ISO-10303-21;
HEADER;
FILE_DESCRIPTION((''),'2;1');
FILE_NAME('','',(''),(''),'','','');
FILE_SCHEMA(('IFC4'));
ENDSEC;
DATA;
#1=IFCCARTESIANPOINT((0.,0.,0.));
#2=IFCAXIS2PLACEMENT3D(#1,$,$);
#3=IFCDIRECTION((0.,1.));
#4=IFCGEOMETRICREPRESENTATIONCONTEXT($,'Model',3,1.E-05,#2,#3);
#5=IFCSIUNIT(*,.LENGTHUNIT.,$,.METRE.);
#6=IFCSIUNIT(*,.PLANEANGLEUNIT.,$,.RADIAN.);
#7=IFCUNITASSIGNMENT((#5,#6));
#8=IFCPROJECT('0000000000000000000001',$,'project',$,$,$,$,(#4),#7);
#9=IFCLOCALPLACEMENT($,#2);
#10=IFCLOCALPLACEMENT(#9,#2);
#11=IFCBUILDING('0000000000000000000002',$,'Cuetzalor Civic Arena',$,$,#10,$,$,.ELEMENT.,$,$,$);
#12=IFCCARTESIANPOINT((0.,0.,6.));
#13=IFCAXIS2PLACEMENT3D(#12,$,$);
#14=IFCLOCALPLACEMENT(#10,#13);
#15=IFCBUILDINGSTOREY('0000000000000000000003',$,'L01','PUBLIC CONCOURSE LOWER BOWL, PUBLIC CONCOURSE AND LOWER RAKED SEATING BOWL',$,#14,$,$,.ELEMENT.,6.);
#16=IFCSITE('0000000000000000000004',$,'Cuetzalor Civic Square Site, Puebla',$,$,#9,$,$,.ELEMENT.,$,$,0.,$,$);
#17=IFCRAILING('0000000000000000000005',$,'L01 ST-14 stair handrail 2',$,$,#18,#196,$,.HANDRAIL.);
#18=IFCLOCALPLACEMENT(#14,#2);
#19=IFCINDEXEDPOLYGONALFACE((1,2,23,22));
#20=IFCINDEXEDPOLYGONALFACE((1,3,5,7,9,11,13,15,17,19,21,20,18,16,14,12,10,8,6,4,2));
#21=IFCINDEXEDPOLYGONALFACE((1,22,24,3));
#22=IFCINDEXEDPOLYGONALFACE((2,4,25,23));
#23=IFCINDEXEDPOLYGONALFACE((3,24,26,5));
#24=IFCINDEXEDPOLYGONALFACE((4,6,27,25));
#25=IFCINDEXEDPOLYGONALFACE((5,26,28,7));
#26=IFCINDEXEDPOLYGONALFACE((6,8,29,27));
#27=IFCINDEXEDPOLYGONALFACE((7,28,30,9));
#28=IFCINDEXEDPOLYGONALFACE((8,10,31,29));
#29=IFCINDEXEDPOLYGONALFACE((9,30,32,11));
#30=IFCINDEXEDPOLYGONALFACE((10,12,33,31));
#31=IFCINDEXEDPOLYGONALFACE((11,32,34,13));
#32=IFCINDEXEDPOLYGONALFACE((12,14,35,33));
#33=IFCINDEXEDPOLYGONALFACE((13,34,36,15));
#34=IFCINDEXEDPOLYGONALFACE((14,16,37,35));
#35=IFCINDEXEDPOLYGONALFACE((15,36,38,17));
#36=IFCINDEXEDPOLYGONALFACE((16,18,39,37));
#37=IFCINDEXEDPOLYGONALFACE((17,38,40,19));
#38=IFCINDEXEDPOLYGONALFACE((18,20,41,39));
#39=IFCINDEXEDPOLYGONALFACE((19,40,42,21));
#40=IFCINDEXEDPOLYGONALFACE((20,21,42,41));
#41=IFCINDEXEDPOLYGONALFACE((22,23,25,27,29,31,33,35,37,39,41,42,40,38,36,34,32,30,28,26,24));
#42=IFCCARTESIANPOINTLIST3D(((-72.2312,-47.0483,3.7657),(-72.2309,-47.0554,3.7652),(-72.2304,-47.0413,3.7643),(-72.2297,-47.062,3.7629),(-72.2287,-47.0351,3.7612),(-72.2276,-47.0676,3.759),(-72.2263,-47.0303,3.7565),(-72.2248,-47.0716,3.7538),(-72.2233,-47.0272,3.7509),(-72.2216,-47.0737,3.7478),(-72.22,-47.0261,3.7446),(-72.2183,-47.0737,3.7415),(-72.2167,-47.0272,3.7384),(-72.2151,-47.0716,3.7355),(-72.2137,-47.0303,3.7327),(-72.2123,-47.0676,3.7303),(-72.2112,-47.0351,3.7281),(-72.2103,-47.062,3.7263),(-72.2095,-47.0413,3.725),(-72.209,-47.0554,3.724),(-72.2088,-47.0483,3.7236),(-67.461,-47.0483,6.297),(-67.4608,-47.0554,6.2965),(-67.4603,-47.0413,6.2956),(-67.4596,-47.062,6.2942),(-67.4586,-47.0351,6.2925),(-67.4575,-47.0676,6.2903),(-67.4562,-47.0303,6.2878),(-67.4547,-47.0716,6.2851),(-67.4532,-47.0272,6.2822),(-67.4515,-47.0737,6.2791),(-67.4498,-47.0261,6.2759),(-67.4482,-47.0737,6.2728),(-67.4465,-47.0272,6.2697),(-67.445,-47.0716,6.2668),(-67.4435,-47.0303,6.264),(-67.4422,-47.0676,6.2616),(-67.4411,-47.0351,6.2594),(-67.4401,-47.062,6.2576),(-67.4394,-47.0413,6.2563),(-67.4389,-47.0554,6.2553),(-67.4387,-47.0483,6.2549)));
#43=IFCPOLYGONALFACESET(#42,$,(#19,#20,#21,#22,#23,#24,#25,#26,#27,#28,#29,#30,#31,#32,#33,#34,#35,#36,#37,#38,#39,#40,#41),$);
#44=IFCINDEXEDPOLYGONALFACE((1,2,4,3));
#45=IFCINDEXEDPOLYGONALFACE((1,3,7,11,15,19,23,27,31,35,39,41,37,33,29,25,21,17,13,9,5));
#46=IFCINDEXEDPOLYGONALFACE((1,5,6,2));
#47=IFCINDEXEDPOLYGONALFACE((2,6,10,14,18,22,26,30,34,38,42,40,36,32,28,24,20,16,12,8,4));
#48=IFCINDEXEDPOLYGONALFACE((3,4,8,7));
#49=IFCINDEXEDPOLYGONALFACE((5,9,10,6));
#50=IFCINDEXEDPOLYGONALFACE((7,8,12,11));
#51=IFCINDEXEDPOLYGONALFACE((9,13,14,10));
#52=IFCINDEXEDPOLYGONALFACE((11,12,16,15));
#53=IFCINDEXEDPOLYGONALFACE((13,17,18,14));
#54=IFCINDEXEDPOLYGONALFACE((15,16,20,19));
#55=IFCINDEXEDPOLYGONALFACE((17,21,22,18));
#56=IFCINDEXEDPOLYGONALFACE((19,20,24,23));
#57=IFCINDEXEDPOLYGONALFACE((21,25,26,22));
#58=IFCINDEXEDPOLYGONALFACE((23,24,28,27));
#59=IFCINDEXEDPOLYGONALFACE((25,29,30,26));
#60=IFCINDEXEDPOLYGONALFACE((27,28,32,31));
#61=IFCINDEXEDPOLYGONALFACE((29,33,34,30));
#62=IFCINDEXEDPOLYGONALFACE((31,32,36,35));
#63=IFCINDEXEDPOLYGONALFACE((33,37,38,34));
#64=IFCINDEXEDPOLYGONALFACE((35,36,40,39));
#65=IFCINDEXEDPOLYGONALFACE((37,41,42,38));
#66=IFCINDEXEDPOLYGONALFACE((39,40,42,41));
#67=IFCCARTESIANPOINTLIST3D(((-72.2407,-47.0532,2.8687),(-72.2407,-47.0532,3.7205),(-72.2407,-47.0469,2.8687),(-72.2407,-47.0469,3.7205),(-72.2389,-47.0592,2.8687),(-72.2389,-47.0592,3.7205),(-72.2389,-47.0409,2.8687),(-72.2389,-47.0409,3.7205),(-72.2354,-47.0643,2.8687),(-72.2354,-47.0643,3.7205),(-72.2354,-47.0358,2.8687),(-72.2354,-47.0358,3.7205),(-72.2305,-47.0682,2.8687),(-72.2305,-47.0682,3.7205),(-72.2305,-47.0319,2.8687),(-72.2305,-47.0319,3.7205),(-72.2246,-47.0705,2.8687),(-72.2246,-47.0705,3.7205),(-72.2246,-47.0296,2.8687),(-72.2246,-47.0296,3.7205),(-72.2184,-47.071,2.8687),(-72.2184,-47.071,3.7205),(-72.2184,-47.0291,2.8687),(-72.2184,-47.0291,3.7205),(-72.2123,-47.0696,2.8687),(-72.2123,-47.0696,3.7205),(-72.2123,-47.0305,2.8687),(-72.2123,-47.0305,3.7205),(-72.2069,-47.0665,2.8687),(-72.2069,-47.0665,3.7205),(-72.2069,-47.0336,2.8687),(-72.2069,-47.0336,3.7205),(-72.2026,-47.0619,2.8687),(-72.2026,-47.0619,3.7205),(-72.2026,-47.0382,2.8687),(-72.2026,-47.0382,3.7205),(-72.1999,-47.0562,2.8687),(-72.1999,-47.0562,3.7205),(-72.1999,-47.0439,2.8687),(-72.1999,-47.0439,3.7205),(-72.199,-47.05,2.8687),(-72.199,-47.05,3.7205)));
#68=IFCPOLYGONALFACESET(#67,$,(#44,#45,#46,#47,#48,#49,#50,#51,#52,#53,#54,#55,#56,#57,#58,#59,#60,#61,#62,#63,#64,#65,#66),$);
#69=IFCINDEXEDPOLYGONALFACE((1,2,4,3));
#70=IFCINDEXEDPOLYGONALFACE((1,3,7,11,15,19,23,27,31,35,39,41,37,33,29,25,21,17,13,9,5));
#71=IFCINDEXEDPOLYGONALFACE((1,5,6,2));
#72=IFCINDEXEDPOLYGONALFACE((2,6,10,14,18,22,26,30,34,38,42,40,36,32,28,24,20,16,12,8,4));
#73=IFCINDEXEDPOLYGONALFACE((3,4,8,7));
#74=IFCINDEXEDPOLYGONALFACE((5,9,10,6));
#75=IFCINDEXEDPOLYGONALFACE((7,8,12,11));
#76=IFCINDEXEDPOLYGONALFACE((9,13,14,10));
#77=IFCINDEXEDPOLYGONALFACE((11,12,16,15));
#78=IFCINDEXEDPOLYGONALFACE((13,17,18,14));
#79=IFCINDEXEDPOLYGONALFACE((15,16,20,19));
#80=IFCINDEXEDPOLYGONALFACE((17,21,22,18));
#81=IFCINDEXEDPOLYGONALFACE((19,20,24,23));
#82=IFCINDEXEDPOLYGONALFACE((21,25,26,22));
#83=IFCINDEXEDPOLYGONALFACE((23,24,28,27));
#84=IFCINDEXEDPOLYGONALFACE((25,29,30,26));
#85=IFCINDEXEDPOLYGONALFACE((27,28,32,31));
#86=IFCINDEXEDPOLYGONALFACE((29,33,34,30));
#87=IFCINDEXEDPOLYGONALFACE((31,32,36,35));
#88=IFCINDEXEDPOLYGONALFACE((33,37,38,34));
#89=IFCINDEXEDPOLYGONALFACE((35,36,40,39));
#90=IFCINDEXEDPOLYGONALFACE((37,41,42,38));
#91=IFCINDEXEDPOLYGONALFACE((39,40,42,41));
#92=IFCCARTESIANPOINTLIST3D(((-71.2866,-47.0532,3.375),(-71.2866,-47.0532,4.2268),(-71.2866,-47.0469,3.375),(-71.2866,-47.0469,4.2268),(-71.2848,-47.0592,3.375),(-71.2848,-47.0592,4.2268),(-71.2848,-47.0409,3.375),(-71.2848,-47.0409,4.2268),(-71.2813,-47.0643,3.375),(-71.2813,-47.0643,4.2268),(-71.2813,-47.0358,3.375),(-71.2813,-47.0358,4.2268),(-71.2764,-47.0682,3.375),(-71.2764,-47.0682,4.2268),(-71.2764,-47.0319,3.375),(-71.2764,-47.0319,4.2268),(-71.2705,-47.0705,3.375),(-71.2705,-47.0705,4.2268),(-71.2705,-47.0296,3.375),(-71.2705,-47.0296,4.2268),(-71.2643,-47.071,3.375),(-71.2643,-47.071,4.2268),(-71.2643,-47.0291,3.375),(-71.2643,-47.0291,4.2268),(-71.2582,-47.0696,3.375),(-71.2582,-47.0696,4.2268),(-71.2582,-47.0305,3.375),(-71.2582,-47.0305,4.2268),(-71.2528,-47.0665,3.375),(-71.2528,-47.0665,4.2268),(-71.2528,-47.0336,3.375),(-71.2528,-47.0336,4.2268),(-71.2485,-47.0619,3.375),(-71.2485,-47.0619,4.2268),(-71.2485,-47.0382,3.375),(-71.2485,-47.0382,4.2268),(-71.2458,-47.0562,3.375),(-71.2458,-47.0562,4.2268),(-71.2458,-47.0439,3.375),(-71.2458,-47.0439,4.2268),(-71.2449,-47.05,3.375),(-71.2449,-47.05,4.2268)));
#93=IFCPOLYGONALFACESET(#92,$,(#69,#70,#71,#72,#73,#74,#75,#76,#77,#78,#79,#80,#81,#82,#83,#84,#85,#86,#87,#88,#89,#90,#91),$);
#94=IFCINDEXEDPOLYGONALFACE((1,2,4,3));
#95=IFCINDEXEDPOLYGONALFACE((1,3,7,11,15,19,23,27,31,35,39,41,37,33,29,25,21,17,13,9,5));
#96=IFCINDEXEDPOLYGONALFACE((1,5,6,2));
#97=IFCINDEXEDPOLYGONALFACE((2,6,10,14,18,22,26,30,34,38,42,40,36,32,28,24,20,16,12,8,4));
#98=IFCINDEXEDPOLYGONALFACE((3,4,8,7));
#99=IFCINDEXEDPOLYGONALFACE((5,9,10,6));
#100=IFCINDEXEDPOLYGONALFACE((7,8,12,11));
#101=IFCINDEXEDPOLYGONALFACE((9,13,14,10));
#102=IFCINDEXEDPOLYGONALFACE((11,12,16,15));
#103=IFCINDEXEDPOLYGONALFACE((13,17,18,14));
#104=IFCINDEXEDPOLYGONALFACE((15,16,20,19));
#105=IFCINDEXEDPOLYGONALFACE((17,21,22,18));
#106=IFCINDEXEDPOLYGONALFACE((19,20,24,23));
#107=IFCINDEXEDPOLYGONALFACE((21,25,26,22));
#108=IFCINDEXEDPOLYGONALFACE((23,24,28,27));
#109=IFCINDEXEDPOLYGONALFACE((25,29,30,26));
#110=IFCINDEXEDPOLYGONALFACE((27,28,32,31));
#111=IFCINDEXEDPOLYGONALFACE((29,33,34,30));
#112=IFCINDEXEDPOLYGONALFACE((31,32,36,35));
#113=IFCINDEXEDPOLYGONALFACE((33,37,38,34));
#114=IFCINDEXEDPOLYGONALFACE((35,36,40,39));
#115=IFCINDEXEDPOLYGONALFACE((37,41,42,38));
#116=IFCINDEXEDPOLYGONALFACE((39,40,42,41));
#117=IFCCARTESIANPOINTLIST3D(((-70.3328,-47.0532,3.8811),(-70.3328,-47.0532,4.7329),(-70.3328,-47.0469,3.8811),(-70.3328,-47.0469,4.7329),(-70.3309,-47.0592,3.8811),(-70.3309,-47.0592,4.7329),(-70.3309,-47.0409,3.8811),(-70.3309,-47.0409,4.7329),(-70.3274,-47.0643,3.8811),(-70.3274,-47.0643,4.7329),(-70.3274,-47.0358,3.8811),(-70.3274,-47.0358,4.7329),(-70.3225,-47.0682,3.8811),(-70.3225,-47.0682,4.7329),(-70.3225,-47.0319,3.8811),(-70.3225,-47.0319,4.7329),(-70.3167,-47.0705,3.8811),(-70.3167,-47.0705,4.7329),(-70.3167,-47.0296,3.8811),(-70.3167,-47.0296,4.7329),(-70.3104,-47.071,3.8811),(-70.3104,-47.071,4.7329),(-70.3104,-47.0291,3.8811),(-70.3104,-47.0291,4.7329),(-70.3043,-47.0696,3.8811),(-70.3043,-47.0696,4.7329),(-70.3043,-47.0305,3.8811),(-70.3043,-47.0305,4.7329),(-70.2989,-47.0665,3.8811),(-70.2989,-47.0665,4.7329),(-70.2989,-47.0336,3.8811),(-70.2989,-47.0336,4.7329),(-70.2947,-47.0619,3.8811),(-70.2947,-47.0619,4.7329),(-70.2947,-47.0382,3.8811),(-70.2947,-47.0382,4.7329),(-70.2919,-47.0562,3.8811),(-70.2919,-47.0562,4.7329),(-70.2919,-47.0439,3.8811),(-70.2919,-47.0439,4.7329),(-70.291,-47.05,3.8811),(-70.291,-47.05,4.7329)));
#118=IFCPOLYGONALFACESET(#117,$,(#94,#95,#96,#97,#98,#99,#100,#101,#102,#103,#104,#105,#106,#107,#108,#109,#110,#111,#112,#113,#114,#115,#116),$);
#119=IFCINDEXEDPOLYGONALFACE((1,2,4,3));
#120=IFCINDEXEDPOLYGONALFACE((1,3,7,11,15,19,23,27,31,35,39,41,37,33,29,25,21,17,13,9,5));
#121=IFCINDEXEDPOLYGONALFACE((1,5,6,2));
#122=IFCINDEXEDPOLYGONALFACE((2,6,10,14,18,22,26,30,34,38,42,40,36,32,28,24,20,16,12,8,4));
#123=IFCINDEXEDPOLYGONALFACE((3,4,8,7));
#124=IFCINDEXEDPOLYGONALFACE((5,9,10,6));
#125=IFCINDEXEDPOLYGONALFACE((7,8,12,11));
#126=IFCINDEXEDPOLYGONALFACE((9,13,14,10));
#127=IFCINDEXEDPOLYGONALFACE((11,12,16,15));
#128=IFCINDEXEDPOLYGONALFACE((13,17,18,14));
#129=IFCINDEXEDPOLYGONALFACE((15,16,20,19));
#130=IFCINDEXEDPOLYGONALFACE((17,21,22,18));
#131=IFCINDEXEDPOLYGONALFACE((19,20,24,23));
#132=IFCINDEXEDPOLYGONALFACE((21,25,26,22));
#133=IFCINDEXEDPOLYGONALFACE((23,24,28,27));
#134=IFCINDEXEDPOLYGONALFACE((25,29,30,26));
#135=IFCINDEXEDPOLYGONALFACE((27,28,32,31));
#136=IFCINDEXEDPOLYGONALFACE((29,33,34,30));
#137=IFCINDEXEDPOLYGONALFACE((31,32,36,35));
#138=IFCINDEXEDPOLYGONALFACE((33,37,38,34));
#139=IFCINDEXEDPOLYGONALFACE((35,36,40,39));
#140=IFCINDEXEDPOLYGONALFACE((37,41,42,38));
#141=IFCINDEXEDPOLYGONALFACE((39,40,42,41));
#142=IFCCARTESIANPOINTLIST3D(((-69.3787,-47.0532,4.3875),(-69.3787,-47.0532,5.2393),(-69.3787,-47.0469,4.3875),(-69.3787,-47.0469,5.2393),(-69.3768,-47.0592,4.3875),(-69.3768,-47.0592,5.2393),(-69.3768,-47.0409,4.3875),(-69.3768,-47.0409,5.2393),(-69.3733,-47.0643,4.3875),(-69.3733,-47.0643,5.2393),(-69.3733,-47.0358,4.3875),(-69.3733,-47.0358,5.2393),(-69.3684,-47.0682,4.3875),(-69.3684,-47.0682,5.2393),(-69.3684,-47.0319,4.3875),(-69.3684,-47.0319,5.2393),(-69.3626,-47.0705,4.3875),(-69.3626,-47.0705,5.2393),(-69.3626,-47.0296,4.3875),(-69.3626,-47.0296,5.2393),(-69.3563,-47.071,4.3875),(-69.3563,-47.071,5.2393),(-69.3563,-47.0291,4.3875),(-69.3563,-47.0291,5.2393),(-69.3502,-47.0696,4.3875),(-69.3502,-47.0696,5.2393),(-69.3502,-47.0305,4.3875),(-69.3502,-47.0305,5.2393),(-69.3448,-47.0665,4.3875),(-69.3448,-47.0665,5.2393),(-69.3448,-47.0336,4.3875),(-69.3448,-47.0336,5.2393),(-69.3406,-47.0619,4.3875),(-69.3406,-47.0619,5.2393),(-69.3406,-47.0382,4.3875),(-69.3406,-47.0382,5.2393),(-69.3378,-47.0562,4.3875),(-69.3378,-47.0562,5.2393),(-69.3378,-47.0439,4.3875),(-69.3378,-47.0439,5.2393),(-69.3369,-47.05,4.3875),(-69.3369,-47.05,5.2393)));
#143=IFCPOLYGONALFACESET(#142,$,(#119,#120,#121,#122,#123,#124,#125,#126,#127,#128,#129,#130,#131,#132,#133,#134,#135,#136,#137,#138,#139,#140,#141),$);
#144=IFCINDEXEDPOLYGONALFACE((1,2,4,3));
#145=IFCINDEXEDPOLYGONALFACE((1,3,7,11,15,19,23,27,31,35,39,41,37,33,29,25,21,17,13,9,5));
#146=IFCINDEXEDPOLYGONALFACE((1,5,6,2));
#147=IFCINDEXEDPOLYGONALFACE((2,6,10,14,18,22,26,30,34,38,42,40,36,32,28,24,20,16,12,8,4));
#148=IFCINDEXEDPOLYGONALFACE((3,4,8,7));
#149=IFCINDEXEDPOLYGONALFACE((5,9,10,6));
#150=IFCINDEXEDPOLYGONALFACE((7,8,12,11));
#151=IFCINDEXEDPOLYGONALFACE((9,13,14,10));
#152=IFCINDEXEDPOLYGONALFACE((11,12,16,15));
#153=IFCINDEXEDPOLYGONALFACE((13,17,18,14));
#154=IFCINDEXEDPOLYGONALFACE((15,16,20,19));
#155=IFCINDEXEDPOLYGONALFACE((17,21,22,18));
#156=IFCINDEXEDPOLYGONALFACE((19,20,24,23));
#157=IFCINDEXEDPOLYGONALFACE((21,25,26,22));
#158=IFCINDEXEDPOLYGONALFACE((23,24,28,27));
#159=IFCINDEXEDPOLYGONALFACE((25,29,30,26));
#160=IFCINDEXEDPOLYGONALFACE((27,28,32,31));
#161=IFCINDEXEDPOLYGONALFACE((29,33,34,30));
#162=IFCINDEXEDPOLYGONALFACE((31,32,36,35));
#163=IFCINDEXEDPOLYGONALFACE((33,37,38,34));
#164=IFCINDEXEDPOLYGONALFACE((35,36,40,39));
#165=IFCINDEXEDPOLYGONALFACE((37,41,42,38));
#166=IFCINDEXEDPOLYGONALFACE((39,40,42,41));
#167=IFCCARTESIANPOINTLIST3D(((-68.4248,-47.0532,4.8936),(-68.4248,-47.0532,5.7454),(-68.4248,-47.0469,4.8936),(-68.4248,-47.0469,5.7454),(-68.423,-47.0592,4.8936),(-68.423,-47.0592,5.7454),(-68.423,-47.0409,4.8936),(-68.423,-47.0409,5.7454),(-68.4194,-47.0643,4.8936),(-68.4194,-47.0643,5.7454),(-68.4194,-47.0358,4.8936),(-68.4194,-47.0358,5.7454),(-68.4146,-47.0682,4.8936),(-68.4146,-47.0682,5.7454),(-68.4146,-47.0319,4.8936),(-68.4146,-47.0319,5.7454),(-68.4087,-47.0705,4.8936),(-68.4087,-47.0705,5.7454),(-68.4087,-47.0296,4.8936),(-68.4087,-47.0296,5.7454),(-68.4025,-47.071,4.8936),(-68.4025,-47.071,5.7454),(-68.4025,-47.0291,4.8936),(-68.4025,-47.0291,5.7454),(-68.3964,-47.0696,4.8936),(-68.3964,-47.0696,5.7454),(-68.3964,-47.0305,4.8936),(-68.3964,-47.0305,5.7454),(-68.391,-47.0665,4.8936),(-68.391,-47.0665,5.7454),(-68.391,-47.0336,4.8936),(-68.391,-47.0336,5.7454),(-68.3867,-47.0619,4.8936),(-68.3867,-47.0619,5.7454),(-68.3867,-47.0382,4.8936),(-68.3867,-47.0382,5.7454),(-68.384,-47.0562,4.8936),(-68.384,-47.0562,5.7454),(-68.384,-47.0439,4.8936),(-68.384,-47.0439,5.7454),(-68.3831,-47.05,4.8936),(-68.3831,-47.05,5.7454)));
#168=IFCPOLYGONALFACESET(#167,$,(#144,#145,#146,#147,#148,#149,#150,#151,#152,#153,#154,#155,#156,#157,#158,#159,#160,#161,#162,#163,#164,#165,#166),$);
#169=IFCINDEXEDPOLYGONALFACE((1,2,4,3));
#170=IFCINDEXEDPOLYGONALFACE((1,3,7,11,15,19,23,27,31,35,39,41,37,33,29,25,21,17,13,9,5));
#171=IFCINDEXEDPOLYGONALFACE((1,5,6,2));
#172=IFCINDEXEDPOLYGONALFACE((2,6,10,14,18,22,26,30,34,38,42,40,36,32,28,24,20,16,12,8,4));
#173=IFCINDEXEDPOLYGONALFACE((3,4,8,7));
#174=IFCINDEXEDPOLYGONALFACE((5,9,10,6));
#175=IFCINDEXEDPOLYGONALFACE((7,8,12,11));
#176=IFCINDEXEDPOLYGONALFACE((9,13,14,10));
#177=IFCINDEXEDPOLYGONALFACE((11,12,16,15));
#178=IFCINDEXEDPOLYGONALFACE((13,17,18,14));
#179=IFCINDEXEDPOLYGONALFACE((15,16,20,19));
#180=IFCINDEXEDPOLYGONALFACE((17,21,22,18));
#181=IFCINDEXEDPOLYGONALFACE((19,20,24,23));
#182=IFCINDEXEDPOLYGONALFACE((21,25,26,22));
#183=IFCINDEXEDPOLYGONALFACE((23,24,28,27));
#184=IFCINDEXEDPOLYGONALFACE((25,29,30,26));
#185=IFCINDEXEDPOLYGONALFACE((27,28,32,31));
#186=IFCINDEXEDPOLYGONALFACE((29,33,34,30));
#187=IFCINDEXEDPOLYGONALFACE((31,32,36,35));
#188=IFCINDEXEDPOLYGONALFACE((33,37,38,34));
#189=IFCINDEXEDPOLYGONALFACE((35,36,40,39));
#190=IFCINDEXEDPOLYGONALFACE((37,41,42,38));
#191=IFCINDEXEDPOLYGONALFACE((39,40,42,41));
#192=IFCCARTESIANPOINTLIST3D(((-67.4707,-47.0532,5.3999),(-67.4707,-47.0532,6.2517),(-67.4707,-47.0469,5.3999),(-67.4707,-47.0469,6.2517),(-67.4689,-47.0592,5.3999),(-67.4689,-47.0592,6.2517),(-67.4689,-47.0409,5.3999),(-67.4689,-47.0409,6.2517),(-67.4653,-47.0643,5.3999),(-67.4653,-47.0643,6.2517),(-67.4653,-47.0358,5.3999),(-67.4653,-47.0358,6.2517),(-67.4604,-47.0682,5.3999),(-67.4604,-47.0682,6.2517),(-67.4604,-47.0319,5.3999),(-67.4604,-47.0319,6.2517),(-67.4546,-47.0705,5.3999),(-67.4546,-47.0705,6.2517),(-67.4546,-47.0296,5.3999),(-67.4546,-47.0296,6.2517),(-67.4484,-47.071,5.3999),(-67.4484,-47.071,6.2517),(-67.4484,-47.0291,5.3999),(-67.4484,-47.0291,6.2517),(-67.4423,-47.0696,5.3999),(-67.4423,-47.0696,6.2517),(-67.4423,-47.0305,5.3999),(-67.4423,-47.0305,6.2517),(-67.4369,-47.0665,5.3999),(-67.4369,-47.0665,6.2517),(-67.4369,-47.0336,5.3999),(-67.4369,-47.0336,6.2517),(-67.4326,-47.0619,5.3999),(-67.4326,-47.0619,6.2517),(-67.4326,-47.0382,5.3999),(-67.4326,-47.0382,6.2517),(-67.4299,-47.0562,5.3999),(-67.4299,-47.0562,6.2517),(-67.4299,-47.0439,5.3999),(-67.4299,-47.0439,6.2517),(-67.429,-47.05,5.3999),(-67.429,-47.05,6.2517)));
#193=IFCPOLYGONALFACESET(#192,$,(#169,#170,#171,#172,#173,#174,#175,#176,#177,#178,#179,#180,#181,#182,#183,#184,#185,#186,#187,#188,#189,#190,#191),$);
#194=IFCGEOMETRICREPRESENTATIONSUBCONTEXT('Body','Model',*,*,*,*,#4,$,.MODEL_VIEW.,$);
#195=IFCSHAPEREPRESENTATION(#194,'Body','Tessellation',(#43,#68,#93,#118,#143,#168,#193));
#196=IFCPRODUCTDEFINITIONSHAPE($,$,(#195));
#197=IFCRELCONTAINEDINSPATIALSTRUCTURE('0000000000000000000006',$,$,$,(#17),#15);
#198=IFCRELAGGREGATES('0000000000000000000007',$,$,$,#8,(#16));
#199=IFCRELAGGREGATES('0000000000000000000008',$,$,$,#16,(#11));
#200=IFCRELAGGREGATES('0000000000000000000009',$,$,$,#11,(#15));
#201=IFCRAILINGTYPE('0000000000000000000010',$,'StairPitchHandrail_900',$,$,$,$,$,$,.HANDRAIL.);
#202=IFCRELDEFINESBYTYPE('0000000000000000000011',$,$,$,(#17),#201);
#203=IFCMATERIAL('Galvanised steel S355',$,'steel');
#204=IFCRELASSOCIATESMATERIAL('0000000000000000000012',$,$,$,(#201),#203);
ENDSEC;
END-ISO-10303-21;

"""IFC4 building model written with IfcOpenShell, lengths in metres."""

from ifc_helpers import new_model, si_unit, direction, frame, origin, origin_2d, place, context, subcontext, project, spatial, circle, extrude, material, type_object, element, save


model = new_model("IFC4")

# Units and contexts
model_context = context("Model", 3, precision=1e-05, world=origin(), true_north=direction((0.0, 1.0)))
body_context = subcontext(model_context, "Body", "Model", "MODEL_VIEW")
ifc_project = project(units=[si_unit("LENGTHUNIT", "METRE"), si_unit("PLANEANGLEUNIT", "RADIAN")], contexts=[model_context])

# Site, building, storey
site_placement = place(None, origin())
site = spatial("IfcSite", under=ifc_project, at=site_placement, Name="Cuetzalor Civic Square Site, Puebla", CompositionType="ELEMENT", RefElevation=0.0)
building_placement = place(site_placement, origin())
building = spatial("IfcBuilding", under=site, at=building_placement, Name="Cuetzalor Civic Arena", CompositionType="ELEMENT")
storey_placement = place(building_placement, frame((0.0, 0.0, 6.0)))
storey = spatial("IfcBuildingStorey", under=building, at=storey_placement, Name="L01", Description="PUBLIC CONCOURSE LOWER BOWL, PUBLIC CONCOURSE AND LOWER RAKED SEATING BOWL", CompositionType="ELEMENT", Elevation=6.0)

# Railing
ifc_material_1 = material(Name="Galvanised steel S355", Category="steel")
railing_type_1 = type_object("IfcRailingType", Name="StairPitchHandrail_900", PredefinedType="HANDRAIL", material=ifc_material_1)
railing_1_placement = place(storey_placement, frame((-72.22, -47.05, 2.8687)))
element("IfcRailing", 1, at=railing_1_placement, inside=storey, type_object=railing_type_1, Name="L01 ST-14 stair handrail 2", PredefinedType="HANDRAIL", context=body_context, shape_type="SweptSolid", body=[
    extrude(circle(Radius=0.0239, at=origin_2d()), frame((0.0, 0.0, 0.876), z_axis=(0.883332, 0.0, 0.468747), x_axis=(0.0, 1.0, 0.0)), (0.0, 0.0, 1.0), 5.4001),
    extrude(circle(Radius=0.021, at=origin_2d()), origin(), (0.0, 0.0, 1.0), 0.8518),
    extrude(circle(Radius=0.021, at=origin_2d()), frame((0.9541, 0.0, 0.5063)), (0.0, 0.0, 1.0), 0.8518),
    extrude(circle(Radius=0.021, at=origin_2d()), frame((1.908, 0.0, 1.0125)), (0.0, 0.0, 1.0), 0.8518),
    extrude(circle(Radius=0.021, at=origin_2d()), frame((2.8621, 0.0, 1.5188)), (0.0, 0.0, 1.0), 0.8518),
    extrude(circle(Radius=0.021, at=origin_2d()), frame((3.8159, 0.0, 2.0249)), (0.0, 0.0, 1.0), 0.8518),
    extrude(circle(Radius=0.021, at=origin_2d()), frame((4.77, 0.0, 2.5312)), (0.0, 0.0, 1.0), 0.8518),
])

save(model, "model.ifc")
